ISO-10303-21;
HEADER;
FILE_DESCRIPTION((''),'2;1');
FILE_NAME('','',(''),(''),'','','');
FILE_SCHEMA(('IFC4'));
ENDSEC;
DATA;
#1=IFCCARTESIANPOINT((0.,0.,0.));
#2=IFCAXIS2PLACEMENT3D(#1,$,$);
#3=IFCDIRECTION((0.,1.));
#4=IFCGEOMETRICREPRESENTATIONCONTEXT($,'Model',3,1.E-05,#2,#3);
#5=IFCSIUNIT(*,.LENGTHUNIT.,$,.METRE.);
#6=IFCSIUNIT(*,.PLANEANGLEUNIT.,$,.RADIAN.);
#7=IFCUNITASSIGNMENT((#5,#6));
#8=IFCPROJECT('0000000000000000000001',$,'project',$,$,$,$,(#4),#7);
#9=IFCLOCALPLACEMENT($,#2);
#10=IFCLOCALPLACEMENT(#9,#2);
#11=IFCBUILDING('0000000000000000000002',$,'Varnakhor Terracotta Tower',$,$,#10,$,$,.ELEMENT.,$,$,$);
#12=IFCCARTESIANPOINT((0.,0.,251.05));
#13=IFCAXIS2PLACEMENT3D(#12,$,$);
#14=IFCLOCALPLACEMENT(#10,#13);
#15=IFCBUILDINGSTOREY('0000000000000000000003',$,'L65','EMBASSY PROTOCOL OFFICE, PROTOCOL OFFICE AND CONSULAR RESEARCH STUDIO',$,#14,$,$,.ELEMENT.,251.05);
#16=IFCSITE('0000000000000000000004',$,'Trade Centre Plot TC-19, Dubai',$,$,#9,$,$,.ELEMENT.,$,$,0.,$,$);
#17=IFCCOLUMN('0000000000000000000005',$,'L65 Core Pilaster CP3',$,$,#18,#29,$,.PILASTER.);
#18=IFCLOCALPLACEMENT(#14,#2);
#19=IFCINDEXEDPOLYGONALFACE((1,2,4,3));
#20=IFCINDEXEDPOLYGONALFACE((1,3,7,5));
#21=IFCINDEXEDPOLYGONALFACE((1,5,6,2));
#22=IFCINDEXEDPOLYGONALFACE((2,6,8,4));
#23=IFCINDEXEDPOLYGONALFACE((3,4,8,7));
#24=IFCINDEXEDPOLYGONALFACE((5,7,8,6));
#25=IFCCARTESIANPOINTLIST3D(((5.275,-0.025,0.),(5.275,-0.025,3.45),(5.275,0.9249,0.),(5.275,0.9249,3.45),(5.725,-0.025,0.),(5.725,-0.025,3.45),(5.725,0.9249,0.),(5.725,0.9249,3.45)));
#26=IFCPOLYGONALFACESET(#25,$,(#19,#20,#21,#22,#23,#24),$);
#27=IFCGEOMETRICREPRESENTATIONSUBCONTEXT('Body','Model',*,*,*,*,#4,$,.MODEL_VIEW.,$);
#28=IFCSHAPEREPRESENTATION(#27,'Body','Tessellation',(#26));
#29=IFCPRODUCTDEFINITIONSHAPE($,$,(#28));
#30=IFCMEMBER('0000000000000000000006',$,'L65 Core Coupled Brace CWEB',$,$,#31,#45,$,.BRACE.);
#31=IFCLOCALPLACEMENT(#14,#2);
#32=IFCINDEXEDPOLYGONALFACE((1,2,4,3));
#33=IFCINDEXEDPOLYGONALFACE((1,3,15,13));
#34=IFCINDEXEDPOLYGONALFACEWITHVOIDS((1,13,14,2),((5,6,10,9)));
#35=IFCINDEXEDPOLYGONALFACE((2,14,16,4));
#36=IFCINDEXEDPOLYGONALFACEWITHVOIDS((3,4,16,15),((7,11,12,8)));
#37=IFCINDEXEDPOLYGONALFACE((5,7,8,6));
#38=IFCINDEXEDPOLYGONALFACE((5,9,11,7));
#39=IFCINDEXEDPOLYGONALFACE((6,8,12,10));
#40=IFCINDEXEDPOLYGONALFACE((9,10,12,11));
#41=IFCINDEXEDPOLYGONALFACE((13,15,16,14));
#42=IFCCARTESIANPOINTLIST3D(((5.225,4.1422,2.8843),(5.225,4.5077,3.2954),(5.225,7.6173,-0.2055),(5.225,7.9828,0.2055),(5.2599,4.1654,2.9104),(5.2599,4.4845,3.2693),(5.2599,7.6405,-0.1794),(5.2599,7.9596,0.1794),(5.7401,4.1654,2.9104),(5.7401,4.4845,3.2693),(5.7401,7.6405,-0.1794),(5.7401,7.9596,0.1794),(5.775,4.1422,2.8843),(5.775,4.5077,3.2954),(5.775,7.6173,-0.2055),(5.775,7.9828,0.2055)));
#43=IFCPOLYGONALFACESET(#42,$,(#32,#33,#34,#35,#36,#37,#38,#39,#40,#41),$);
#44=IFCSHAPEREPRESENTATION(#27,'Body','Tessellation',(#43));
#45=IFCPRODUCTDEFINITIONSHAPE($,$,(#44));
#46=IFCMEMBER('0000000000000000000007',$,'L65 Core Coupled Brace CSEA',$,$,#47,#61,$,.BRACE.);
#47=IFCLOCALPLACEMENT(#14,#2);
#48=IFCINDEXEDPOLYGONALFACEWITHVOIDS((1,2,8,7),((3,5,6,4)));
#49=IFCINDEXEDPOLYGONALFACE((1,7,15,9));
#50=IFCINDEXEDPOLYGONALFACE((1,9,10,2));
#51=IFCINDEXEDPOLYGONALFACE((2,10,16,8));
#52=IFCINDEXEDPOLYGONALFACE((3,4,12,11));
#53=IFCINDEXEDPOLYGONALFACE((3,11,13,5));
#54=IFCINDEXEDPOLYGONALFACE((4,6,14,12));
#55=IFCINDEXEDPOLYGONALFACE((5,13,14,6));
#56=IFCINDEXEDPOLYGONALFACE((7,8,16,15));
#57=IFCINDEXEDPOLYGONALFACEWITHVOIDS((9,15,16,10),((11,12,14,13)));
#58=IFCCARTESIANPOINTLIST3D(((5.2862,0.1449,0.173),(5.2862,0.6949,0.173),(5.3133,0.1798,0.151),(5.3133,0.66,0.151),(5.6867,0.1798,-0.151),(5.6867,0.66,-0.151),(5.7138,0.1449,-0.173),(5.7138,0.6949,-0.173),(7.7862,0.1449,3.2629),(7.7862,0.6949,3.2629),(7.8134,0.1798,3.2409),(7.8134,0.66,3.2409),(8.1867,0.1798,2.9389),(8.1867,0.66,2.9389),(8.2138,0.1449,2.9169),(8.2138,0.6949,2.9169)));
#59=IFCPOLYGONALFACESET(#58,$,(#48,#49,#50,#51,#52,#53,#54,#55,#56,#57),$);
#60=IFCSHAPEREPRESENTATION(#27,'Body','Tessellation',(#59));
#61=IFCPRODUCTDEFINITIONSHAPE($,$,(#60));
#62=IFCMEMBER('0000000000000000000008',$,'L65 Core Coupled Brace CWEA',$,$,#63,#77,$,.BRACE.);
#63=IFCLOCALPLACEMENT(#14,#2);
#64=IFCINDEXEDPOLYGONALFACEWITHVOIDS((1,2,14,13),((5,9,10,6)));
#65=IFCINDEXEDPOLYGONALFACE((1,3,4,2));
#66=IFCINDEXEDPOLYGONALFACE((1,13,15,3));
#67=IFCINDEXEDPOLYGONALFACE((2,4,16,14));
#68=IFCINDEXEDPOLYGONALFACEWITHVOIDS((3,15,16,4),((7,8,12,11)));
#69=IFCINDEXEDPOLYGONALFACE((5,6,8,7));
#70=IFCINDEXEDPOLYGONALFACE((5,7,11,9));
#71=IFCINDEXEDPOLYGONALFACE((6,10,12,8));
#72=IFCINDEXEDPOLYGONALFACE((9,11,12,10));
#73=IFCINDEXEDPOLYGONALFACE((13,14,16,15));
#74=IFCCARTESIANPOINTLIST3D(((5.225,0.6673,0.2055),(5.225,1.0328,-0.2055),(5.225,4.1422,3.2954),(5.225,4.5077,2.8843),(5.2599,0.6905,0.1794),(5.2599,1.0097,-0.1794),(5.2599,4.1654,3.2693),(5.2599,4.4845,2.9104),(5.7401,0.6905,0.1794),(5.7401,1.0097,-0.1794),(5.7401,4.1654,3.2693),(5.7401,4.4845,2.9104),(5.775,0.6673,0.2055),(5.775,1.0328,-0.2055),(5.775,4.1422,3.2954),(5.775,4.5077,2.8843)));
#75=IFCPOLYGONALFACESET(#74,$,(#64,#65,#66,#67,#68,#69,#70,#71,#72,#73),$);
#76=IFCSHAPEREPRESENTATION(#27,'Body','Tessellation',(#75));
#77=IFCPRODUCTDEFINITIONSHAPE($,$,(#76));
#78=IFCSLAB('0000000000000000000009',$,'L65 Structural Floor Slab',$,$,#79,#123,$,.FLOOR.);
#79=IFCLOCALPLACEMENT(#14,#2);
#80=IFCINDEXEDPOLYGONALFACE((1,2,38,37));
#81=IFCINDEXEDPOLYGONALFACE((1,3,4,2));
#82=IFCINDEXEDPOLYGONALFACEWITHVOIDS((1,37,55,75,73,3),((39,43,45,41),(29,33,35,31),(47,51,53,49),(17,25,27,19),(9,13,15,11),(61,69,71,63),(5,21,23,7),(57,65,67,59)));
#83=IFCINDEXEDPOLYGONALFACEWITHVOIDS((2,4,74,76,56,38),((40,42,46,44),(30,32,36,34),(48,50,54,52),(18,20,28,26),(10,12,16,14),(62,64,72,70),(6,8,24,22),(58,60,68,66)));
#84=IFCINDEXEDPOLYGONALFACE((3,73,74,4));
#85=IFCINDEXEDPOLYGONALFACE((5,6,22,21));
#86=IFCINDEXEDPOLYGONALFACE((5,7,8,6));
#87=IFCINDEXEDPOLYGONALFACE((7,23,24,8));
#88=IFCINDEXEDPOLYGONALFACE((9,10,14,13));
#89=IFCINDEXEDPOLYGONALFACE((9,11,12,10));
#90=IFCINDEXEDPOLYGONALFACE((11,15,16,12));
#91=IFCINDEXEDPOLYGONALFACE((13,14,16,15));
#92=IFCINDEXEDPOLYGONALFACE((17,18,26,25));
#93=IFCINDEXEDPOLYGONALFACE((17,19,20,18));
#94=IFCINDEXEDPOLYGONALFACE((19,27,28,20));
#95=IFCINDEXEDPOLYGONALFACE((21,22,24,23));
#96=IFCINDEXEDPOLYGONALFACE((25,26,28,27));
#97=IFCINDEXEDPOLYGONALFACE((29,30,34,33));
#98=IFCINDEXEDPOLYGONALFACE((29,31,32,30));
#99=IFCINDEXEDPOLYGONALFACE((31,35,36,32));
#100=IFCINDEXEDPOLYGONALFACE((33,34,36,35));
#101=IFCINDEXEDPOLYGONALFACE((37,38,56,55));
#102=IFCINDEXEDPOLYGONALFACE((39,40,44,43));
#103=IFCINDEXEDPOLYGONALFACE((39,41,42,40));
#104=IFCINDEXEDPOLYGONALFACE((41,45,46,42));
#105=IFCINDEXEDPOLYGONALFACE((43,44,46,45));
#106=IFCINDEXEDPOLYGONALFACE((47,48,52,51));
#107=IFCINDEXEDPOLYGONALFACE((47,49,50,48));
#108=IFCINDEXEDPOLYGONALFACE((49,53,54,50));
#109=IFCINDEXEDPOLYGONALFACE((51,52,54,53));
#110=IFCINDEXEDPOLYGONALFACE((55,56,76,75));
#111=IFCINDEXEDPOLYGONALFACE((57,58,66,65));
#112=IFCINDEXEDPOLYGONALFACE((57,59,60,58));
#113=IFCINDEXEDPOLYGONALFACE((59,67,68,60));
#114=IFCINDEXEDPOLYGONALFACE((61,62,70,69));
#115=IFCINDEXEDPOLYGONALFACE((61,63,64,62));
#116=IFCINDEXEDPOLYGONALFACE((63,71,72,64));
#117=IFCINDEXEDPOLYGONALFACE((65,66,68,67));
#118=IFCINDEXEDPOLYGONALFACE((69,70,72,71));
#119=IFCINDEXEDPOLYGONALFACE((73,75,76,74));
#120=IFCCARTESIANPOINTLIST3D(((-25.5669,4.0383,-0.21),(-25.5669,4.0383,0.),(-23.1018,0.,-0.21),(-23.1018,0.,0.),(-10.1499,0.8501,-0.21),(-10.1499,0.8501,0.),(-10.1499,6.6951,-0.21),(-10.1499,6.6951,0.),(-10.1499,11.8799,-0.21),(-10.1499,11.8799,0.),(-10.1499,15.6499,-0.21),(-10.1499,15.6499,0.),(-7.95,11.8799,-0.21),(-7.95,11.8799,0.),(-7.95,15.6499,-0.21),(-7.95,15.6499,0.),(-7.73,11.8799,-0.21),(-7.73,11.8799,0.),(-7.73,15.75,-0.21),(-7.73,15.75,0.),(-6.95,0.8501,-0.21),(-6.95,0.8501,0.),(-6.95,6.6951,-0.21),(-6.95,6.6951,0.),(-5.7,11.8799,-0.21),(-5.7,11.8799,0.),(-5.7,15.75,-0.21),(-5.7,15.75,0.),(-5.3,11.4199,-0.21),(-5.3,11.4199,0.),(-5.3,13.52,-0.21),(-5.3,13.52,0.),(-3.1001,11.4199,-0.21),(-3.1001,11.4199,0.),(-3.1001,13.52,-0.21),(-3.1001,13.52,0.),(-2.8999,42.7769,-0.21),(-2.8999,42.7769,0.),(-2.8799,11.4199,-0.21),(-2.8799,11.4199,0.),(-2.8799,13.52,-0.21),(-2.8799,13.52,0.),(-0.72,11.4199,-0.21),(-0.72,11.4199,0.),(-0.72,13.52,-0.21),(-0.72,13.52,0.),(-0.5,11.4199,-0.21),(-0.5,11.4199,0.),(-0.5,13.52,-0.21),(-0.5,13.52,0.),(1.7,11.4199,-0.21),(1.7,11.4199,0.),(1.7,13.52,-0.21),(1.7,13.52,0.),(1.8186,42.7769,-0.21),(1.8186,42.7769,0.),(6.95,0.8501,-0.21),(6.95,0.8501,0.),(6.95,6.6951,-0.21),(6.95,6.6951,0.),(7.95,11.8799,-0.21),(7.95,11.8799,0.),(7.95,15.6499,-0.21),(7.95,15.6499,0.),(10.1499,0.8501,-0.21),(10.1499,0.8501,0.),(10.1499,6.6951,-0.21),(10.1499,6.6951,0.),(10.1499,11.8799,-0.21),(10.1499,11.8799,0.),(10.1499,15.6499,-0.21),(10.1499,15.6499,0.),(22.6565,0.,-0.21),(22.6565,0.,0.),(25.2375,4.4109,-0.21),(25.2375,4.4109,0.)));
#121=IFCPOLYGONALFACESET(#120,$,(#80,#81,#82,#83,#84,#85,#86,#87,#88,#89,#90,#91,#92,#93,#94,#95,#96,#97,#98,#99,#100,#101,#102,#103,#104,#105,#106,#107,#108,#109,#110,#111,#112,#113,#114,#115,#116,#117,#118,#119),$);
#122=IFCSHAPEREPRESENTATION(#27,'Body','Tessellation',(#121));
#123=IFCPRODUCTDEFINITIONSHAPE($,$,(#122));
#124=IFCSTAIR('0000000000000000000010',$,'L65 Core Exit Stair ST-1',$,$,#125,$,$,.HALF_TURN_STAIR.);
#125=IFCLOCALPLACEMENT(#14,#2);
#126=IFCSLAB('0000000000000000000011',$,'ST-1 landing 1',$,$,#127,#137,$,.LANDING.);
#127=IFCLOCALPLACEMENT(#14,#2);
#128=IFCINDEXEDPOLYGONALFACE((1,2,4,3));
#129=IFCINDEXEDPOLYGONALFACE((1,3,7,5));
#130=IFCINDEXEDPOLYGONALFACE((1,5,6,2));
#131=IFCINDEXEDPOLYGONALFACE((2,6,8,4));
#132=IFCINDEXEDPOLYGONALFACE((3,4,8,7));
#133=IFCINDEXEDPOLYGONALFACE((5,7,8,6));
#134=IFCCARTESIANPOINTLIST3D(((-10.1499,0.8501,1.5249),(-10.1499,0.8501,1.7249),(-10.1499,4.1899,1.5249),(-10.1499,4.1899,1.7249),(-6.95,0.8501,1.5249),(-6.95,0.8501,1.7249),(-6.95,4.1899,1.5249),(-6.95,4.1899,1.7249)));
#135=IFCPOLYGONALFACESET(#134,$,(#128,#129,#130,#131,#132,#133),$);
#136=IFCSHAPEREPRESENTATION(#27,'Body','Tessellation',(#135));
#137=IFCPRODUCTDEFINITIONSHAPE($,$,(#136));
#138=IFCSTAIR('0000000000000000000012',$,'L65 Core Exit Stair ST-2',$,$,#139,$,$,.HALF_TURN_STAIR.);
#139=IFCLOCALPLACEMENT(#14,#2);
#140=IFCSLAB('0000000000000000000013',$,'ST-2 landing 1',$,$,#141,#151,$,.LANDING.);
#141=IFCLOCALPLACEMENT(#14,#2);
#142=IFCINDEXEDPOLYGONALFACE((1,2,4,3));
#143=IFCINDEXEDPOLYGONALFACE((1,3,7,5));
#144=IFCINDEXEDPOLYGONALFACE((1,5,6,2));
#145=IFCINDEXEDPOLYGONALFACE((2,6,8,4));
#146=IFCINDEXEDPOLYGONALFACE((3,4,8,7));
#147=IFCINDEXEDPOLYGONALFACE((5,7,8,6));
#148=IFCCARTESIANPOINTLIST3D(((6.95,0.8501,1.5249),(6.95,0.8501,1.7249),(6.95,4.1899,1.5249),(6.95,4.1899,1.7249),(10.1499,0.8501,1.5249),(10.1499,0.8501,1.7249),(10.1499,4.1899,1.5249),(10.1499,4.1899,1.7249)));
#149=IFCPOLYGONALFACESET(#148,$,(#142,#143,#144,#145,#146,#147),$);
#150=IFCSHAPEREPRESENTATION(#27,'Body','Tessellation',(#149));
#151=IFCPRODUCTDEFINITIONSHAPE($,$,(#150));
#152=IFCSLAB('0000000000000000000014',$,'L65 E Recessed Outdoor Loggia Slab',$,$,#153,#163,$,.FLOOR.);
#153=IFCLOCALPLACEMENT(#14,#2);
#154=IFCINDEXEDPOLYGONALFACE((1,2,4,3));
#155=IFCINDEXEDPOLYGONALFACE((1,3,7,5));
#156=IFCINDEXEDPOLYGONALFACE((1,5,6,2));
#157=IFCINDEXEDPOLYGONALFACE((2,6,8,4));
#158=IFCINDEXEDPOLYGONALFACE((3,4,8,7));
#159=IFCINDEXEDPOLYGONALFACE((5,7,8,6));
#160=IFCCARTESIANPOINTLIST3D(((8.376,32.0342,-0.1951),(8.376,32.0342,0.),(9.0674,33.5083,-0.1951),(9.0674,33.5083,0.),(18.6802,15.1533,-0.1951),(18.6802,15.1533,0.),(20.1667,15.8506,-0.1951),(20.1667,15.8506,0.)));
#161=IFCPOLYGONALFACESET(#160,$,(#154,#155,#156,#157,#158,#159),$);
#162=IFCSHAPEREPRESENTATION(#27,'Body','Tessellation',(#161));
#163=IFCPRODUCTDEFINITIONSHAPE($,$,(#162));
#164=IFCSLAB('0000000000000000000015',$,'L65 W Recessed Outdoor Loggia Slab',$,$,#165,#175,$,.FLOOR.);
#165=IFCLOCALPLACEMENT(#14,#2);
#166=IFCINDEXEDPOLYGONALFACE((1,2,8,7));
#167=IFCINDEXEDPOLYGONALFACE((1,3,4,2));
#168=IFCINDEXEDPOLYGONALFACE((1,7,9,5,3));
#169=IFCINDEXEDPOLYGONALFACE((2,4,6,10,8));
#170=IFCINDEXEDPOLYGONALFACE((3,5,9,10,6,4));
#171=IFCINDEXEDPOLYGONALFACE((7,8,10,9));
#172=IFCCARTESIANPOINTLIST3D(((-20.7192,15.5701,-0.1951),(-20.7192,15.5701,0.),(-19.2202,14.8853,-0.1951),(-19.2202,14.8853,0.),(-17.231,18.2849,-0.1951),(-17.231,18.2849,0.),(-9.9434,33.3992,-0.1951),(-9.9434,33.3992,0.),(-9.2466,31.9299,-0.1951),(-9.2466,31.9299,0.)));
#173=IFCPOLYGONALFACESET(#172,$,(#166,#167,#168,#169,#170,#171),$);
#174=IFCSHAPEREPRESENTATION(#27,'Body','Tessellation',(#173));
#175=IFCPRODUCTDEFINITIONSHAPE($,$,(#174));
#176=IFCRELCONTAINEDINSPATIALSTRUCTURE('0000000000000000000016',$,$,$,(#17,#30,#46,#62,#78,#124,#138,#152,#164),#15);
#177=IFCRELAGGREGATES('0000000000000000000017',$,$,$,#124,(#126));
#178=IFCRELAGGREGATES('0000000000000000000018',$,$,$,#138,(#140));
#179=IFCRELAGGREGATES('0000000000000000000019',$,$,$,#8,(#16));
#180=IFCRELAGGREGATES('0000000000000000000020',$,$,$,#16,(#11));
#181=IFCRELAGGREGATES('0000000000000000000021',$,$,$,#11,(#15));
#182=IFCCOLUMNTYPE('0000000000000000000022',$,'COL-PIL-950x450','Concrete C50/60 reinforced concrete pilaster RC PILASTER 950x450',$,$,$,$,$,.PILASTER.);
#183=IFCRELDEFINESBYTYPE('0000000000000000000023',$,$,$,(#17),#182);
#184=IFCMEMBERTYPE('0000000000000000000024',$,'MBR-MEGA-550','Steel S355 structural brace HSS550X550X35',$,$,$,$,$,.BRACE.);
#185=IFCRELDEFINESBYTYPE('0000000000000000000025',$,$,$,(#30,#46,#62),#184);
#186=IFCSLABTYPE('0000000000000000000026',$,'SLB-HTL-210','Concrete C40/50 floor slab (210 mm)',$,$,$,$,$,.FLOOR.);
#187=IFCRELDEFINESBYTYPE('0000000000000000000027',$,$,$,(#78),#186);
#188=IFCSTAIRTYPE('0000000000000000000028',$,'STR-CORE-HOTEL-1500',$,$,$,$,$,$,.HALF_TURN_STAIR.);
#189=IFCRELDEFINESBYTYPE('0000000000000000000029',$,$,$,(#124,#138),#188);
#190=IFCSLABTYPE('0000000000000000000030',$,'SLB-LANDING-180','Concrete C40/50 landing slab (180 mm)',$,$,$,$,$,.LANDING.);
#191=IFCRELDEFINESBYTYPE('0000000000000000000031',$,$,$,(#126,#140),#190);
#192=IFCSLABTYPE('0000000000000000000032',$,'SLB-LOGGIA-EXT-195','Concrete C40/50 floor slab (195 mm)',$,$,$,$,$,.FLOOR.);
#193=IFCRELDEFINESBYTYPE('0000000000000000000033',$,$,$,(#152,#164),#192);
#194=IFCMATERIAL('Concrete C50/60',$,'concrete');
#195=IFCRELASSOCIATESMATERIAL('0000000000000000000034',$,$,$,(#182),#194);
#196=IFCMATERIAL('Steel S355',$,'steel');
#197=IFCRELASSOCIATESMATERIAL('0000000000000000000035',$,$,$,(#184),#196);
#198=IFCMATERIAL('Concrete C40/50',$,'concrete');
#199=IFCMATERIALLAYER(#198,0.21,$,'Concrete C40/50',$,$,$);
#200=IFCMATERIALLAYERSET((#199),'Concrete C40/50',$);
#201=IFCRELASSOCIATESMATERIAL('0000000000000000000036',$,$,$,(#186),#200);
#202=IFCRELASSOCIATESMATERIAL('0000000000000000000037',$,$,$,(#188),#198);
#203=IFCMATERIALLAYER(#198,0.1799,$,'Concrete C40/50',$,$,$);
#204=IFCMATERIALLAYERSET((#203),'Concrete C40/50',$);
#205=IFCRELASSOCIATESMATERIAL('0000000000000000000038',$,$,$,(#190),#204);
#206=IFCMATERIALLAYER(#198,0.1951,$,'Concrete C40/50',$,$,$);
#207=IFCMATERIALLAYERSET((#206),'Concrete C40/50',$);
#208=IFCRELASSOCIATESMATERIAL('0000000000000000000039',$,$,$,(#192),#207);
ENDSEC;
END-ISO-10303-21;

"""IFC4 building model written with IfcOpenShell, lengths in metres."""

from ifc_helpers import new_model, si_unit, direction, frame, origin, origin_2d, place, context, subcontext, project, spatial, polyline, rectangle, hollow_rectangle, outline, extrude, source, transform, mapped, material, layer, layer_set, material_profile, profile_set, type_object, element, aggregate, save


model = new_model("IFC4")

# Units and contexts
model_context = context("Model", 3, precision=1e-05, world=origin(), true_north=direction((0.0, 1.0)))
body_context = subcontext(model_context, "Body", "Model", "MODEL_VIEW")
ifc_project = project(units=[si_unit("LENGTHUNIT", "METRE"), si_unit("PLANEANGLEUNIT", "RADIAN")], contexts=[model_context])

# Site, building, storey
site_placement = place(None, origin())
site = spatial("IfcSite", under=ifc_project, at=site_placement, Name="Trade Centre Plot TC-19, Dubai", CompositionType="ELEMENT", RefElevation=0.0)
building_placement = place(site_placement, origin())
building = spatial("IfcBuilding", under=site, at=building_placement, Name="Varnakhor Terracotta Tower", CompositionType="ELEMENT")
storey_placement = place(building_placement, frame((0.0, 0.0, 251.05)))
storey = spatial("IfcBuildingStorey", under=building, at=storey_placement, Name="L65", Description="EMBASSY PROTOCOL OFFICE, PROTOCOL OFFICE AND CONSULAR RESEARCH STUDIO", CompositionType="ELEMENT", Elevation=251.05)

# Column
ifc_material_1 = material(Name="Concrete C50/60", Category="concrete")
ifc_material_profile_1 = material_profile(ifc_material_1, rectangle(XDim=0.45, YDim=0.95, at=origin_2d()), Name="RC PILASTER 950x450")
ifc_profile_set_1 = profile_set([ifc_material_profile_1], Name="Concrete C50/60")
column_type = type_object("IfcColumnType", Name="COL-PIL-950x450", Description="Concrete C50/60 reinforced concrete pilaster RC PILASTER 950x450", PredefinedType="PILASTER", material=ifc_profile_set_1)
shared_shape_1 = source(origin(), body_context, "Body", "SweptSolid", [
    extrude(rectangle(XDim=0.45, YDim=0.95, at=origin_2d()), origin(), (0.0, 0.0, 1.0), 3.45),
])
column_placement = place(storey_placement, frame((5.5, 0.45, 0.0), z_axis=(0.0, 0.0, 1.0), x_axis=(1.0, 0.0, 0.0)))
element("IfcColumn", 1, at=column_placement, inside=storey, type_object=column_type, Name="L65 Core Pilaster CP3", PredefinedType="PILASTER", context=body_context, shape_type="MappedRepresentation", body=[
    mapped(shared_shape_1, transform((0.0, 0.0, 0.0), scale=1.0)),
])

# Members
ifc_material_2 = material(Name="Steel S355", Category="steel")
ifc_material_profile_2 = material_profile(ifc_material_2, hollow_rectangle(XDim=0.55, YDim=0.55, WallThickness=0.0349, at=origin_2d()), Name="HSS550X550X35")
ifc_profile_set_2 = profile_set([ifc_material_profile_2], Name="Steel S355")
member_type = type_object("IfcMemberType", Name="MBR-MEGA-550", Description="Steel S355 structural brace HSS550X550X35", PredefinedType="BRACE", material=ifc_profile_set_2)
shared_shape_2 = source(origin(), body_context, "Body", "SweptSolid", [
    extrude(hollow_rectangle(XDim=0.55, YDim=0.55, WallThickness=0.0349, at=origin_2d()), origin(), (0.0, 0.0, 1.0), 4.6501),
])
member_1_placement = place(storey_placement, frame((5.5, 7.8, 0.0), z_axis=(0.0, -0.747317, 0.664468), x_axis=(1.0, 0.0, 0.0)))
element("IfcMember", 2, at=member_1_placement, inside=storey, type_object=member_type, Name="L65 Core Coupled Brace CWEB", PredefinedType="BRACE", context=body_context, shape_type="MappedRepresentation", body=[
    mapped(shared_shape_2, transform((0.0, 0.0, 0.0), scale=1.0)),
])
shared_shape_3 = source(origin(), body_context, "Body", "SweptSolid", [
    extrude(hollow_rectangle(XDim=0.55, YDim=0.55, WallThickness=0.0349, at=origin_2d()), origin(), (0.0, 0.0, 1.0), 3.9746),
])
member_2_placement = place(storey_placement, frame((5.5, 0.4199, 0.0), z_axis=(0.629, 0.0, 0.777405), x_axis=(0.0, 1.0, 0.0)))
element("IfcMember", 3, at=member_2_placement, inside=storey, type_object=member_type, Name="L65 Core Coupled Brace CSEA", PredefinedType="BRACE", context=body_context, shape_type="MappedRepresentation", body=[
    mapped(shared_shape_3, transform((0.0, 0.0, 0.0), scale=1.0)),
])
shared_shape_4 = source(origin(), body_context, "Body", "SweptSolid", [
    extrude(hollow_rectangle(XDim=0.55, YDim=0.55, WallThickness=0.0349, at=origin_2d()), origin(), (0.0, 0.0, 1.0), 4.6499),
])
member_3_placement = place(storey_placement, frame((5.5, 0.8501, 0.0), z_axis=(0.0, 0.747293, 0.664494), x_axis=(-1.0, 0.0, 0.0)))
element("IfcMember", 4, at=member_3_placement, inside=storey, type_object=member_type, Name="L65 Core Coupled Brace CWEA", PredefinedType="BRACE", context=body_context, shape_type="MappedRepresentation", body=[
    mapped(shared_shape_4, transform((0.0, 0.0, 0.0), scale=1.0)),
])

# Slab
ifc_material_3 = material(Name="Concrete C40/50", Category="concrete")
ifc_layer_1 = layer(ifc_material_3, 0.21, Name="Concrete C40/50")
ifc_layer_set_1 = layer_set([ifc_layer_1], Name="Concrete C40/50")
slab_type_1 = type_object("IfcSlabType", Name="SLB-HTL-210", Description="Concrete C40/50 floor slab (210 mm)", PredefinedType="FLOOR", material=ifc_layer_set_1)
slab_1_placement = place(storey_placement, frame((0.0, 0.0, -0.21)))
element("IfcSlab", 5, at=slab_1_placement, inside=storey, type_object=slab_type_1, Name="L65 Structural Floor Slab", PredefinedType="FLOOR", context=body_context, shape_type="SweptSolid", body=[
    extrude(outline(polyline([(-25.5669, 4.0383), (-2.8999, 42.7769), (1.8186, 42.7769), (25.2375, 4.4109), (22.6565, 0.0), (-23.1018, 0.0), (-25.5669, 4.0383)]), holes=[polyline([(-6.95, 0.8501), (-6.95, 6.6951), (-10.1499, 6.6951), (-10.1499, 0.8501), (-6.95, 0.8501)]), polyline([(10.1499, 0.8501), (10.1499, 6.6951), (6.95, 6.6951), (6.95, 0.8501), (10.1499, 0.8501)]), polyline([(-3.1001, 11.4199), (-3.1001, 13.52), (-5.3, 13.52), (-5.3, 11.4199), (-3.1001, 11.4199)]), polyline([(-0.72, 11.4199), (-0.72, 13.52), (-2.8799, 13.52), (-2.8799, 11.4199), (-0.72, 11.4199)]), polyline([(1.7, 11.4199), (1.7, 13.52), (-0.5, 13.52), (-0.5, 11.4199), (1.7, 11.4199)]), polyline([(-7.95, 11.8799), (-7.95, 15.6499), (-10.1499, 15.6499), (-10.1499, 11.8799), (-7.95, 11.8799)]), polyline([(10.1499, 11.8799), (10.1499, 15.6499), (7.95, 15.6499), (7.95, 11.8799), (10.1499, 11.8799)]), polyline([(-5.7, 11.8799), (-5.7, 15.75), (-7.73, 15.75), (-7.73, 11.8799), (-5.7, 11.8799)])]), origin(), (0.0, 0.0, 1.0), 0.21),
])

# Stairs, slabs
stair_type = type_object("IfcStairType", Name="STR-CORE-HOTEL-1500", PredefinedType="HALF_TURN_STAIR", material=ifc_material_3)
stair_1_placement = place(storey_placement, origin())
stair_1 = element("IfcStair", 6, at=stair_1_placement, inside=storey, type_object=stair_type, Name="L65 Core Exit Stair ST-1", PredefinedType="HALF_TURN_STAIR")
ifc_layer_2 = layer(ifc_material_3, 0.1799, Name="Concrete C40/50")
ifc_layer_set_2 = layer_set([ifc_layer_2], Name="Concrete C40/50")
slab_type_2 = type_object("IfcSlabType", Name="SLB-LANDING-180", Description="Concrete C40/50 landing slab (180 mm)", PredefinedType="LANDING", material=ifc_layer_set_2)
slab_2_placement = place(storey_placement, frame((0.0, 0.0, 1.5249)))
slab_2 = element("IfcSlab", 7, at=slab_2_placement, type_object=slab_type_2, Name="ST-1 landing 1", PredefinedType="LANDING", context=body_context, shape_type="SweptSolid", body=[
    extrude(outline(polyline([(-10.1499, 4.1899), (-10.1499, 0.8501), (-6.95, 0.8501), (-6.95, 4.1899), (-10.1499, 4.1899)])), origin(), (0.0, 0.0, 1.0), 0.2),
])
aggregate(stair_1, [slab_2])
stair_2_placement = place(storey_placement, origin())
stair_2 = element("IfcStair", 8, at=stair_2_placement, inside=storey, type_object=stair_type, Name="L65 Core Exit Stair ST-2", PredefinedType="HALF_TURN_STAIR")
slab_3_placement = place(storey_placement, frame((0.0, 0.0, 1.5249)))
slab_3 = element("IfcSlab", 9, at=slab_3_placement, type_object=slab_type_2, Name="ST-2 landing 1", PredefinedType="LANDING", context=body_context, shape_type="SweptSolid", body=[
    extrude(outline(polyline([(6.95, 4.1899), (6.95, 0.8501), (10.1499, 0.8501), (10.1499, 4.1899), (6.95, 4.1899)])), origin(), (0.0, 0.0, 1.0), 0.2),
])

# Slabs
ifc_layer_3 = layer(ifc_material_3, 0.1951, Name="Concrete C40/50")
ifc_layer_set_3 = layer_set([ifc_layer_3], Name="Concrete C40/50")
slab_type_3 = type_object("IfcSlabType", Name="SLB-LOGGIA-EXT-195", Description="Concrete C40/50 floor slab (195 mm)", PredefinedType="FLOOR", material=ifc_layer_set_3)
slab_4_placement = place(storey_placement, frame((0.0, 0.0, -0.1951)))
element("IfcSlab", 10, at=slab_4_placement, inside=storey, type_object=slab_type_3, Name="L65 E Recessed Outdoor Loggia Slab", PredefinedType="FLOOR", context=body_context, shape_type="SweptSolid", body=[
    extrude(outline(polyline([(9.0674, 33.5083), (20.1667, 15.8506), (18.6802, 15.1533), (8.376, 32.0342), (9.0674, 33.5083)])), origin(), (0.0, 0.0, 1.0), 0.1951),
])
slab_5_placement = place(storey_placement, frame((0.0, 0.0, -0.1951)))
element("IfcSlab", 11, at=slab_5_placement, inside=storey, type_object=slab_type_3, Name="L65 W Recessed Outdoor Loggia Slab", PredefinedType="FLOOR", context=body_context, shape_type="SweptSolid", body=[
    extrude(outline(polyline([(-20.7192, 15.5701), (-9.9434, 33.3992), (-9.2466, 31.9299), (-17.231, 18.2849), (-19.2202, 14.8853), (-20.7192, 15.5701)])), origin(), (0.0, 0.0, 1.0), 0.1951),
])

aggregate(stair_2, [slab_3])

save(model, "model.ifc")
